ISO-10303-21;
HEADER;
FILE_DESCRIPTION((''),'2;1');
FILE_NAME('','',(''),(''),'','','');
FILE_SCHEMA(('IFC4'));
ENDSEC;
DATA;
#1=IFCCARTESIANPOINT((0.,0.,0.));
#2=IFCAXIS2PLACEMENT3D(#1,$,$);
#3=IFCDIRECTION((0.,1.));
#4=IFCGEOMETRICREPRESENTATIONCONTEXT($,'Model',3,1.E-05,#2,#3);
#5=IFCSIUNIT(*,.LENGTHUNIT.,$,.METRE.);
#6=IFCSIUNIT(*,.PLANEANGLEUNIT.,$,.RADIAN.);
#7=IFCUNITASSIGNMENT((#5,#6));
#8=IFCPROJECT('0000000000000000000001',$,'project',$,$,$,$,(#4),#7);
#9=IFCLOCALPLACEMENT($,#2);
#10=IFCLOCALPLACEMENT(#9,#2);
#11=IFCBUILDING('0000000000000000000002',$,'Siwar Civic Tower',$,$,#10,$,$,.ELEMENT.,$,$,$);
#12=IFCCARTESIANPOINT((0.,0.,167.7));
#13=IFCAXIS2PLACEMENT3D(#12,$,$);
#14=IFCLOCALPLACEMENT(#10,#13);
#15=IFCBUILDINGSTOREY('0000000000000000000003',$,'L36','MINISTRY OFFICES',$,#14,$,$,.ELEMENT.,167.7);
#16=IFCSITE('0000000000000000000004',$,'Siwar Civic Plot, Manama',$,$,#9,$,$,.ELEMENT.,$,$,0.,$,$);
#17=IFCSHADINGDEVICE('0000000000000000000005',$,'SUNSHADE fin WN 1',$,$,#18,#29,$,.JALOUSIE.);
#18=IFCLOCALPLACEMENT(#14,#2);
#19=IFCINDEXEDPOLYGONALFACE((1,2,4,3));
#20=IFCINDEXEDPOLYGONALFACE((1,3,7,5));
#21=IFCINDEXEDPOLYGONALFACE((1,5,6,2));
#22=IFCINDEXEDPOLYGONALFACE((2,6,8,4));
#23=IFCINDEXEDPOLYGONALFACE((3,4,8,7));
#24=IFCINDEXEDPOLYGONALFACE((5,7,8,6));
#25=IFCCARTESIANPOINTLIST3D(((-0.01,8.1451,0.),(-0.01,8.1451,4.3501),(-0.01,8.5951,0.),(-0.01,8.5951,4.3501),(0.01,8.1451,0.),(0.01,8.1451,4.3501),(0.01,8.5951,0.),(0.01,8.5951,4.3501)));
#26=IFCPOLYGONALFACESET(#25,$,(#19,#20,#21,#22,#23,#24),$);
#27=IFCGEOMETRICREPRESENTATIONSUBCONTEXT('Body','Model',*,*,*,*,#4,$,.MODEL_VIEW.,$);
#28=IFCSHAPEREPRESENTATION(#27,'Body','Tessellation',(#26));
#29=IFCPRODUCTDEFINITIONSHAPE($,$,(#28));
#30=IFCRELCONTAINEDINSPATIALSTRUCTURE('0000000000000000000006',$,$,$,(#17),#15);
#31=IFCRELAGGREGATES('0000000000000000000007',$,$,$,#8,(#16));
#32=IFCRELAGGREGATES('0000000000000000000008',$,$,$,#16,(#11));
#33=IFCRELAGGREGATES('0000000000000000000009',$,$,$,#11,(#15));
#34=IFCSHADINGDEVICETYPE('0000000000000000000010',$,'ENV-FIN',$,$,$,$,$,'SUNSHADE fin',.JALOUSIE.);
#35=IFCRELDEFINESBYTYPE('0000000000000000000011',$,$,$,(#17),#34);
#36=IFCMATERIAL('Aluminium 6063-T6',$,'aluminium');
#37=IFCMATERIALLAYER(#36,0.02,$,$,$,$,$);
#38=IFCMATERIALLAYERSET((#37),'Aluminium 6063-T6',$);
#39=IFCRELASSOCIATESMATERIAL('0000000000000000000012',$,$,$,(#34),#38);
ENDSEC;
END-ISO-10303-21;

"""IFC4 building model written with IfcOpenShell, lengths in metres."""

from ifc_helpers import new_model, si_unit, direction, frame, origin, origin_2d, place, context, subcontext, project, spatial, rectangle, extrude, material, layer, layer_set, type_object, element, save


model = new_model("IFC4")

# Units and contexts
model_context = context("Model", 3, precision=1e-05, world=origin(), true_north=direction((0.0, 1.0)))
body_context = subcontext(model_context, "Body", "Model", "MODEL_VIEW")
ifc_project = project(units=[si_unit("LENGTHUNIT", "METRE"), si_unit("PLANEANGLEUNIT", "RADIAN")], contexts=[model_context])

# Site, building, storey
site_placement = place(None, origin())
site = spatial("IfcSite", under=ifc_project, at=site_placement, Name="Siwar Civic Plot, Manama", CompositionType="ELEMENT", RefElevation=0.0)
building_placement = place(site_placement, origin())
building = spatial("IfcBuilding", under=site, at=building_placement, Name="Siwar Civic Tower", CompositionType="ELEMENT")
storey_placement = place(building_placement, frame((0.0, 0.0, 167.7)))
storey = spatial("IfcBuildingStorey", under=building, at=storey_placement, Name="L36", Description="MINISTRY OFFICES", CompositionType="ELEMENT", Elevation=167.7)

# Shading device
ifc_material_1 = material(Name="Aluminium 6063-T6", Category="aluminium")
ifc_layer_1 = layer(ifc_material_1, 0.02)
ifc_layer_set_1 = layer_set([ifc_layer_1], Name="Aluminium 6063-T6")
shading_device_type = type_object("IfcShadingDeviceType", Name="ENV-FIN", ElementType="SUNSHADE fin", PredefinedType="JALOUSIE", material=ifc_layer_set_1)
shading_device_placement = place(storey_placement, frame((0.0, 8.3701, 0.0), z_axis=(0.0, 0.0, 1.0), x_axis=(-1.0, 0.0, 0.0)))
element("IfcShadingDevice", 1, at=shading_device_placement, inside=storey, type_object=shading_device_type, Name="SUNSHADE fin WN 1", PredefinedType="JALOUSIE", context=body_context, shape_type="SweptSolid", body=[
    extrude(rectangle(XDim=0.02, YDim=0.45, at=origin_2d()), origin(), (0.0, 0.0, 1.0), 4.3501),
])

save(model, "model.ifc")
